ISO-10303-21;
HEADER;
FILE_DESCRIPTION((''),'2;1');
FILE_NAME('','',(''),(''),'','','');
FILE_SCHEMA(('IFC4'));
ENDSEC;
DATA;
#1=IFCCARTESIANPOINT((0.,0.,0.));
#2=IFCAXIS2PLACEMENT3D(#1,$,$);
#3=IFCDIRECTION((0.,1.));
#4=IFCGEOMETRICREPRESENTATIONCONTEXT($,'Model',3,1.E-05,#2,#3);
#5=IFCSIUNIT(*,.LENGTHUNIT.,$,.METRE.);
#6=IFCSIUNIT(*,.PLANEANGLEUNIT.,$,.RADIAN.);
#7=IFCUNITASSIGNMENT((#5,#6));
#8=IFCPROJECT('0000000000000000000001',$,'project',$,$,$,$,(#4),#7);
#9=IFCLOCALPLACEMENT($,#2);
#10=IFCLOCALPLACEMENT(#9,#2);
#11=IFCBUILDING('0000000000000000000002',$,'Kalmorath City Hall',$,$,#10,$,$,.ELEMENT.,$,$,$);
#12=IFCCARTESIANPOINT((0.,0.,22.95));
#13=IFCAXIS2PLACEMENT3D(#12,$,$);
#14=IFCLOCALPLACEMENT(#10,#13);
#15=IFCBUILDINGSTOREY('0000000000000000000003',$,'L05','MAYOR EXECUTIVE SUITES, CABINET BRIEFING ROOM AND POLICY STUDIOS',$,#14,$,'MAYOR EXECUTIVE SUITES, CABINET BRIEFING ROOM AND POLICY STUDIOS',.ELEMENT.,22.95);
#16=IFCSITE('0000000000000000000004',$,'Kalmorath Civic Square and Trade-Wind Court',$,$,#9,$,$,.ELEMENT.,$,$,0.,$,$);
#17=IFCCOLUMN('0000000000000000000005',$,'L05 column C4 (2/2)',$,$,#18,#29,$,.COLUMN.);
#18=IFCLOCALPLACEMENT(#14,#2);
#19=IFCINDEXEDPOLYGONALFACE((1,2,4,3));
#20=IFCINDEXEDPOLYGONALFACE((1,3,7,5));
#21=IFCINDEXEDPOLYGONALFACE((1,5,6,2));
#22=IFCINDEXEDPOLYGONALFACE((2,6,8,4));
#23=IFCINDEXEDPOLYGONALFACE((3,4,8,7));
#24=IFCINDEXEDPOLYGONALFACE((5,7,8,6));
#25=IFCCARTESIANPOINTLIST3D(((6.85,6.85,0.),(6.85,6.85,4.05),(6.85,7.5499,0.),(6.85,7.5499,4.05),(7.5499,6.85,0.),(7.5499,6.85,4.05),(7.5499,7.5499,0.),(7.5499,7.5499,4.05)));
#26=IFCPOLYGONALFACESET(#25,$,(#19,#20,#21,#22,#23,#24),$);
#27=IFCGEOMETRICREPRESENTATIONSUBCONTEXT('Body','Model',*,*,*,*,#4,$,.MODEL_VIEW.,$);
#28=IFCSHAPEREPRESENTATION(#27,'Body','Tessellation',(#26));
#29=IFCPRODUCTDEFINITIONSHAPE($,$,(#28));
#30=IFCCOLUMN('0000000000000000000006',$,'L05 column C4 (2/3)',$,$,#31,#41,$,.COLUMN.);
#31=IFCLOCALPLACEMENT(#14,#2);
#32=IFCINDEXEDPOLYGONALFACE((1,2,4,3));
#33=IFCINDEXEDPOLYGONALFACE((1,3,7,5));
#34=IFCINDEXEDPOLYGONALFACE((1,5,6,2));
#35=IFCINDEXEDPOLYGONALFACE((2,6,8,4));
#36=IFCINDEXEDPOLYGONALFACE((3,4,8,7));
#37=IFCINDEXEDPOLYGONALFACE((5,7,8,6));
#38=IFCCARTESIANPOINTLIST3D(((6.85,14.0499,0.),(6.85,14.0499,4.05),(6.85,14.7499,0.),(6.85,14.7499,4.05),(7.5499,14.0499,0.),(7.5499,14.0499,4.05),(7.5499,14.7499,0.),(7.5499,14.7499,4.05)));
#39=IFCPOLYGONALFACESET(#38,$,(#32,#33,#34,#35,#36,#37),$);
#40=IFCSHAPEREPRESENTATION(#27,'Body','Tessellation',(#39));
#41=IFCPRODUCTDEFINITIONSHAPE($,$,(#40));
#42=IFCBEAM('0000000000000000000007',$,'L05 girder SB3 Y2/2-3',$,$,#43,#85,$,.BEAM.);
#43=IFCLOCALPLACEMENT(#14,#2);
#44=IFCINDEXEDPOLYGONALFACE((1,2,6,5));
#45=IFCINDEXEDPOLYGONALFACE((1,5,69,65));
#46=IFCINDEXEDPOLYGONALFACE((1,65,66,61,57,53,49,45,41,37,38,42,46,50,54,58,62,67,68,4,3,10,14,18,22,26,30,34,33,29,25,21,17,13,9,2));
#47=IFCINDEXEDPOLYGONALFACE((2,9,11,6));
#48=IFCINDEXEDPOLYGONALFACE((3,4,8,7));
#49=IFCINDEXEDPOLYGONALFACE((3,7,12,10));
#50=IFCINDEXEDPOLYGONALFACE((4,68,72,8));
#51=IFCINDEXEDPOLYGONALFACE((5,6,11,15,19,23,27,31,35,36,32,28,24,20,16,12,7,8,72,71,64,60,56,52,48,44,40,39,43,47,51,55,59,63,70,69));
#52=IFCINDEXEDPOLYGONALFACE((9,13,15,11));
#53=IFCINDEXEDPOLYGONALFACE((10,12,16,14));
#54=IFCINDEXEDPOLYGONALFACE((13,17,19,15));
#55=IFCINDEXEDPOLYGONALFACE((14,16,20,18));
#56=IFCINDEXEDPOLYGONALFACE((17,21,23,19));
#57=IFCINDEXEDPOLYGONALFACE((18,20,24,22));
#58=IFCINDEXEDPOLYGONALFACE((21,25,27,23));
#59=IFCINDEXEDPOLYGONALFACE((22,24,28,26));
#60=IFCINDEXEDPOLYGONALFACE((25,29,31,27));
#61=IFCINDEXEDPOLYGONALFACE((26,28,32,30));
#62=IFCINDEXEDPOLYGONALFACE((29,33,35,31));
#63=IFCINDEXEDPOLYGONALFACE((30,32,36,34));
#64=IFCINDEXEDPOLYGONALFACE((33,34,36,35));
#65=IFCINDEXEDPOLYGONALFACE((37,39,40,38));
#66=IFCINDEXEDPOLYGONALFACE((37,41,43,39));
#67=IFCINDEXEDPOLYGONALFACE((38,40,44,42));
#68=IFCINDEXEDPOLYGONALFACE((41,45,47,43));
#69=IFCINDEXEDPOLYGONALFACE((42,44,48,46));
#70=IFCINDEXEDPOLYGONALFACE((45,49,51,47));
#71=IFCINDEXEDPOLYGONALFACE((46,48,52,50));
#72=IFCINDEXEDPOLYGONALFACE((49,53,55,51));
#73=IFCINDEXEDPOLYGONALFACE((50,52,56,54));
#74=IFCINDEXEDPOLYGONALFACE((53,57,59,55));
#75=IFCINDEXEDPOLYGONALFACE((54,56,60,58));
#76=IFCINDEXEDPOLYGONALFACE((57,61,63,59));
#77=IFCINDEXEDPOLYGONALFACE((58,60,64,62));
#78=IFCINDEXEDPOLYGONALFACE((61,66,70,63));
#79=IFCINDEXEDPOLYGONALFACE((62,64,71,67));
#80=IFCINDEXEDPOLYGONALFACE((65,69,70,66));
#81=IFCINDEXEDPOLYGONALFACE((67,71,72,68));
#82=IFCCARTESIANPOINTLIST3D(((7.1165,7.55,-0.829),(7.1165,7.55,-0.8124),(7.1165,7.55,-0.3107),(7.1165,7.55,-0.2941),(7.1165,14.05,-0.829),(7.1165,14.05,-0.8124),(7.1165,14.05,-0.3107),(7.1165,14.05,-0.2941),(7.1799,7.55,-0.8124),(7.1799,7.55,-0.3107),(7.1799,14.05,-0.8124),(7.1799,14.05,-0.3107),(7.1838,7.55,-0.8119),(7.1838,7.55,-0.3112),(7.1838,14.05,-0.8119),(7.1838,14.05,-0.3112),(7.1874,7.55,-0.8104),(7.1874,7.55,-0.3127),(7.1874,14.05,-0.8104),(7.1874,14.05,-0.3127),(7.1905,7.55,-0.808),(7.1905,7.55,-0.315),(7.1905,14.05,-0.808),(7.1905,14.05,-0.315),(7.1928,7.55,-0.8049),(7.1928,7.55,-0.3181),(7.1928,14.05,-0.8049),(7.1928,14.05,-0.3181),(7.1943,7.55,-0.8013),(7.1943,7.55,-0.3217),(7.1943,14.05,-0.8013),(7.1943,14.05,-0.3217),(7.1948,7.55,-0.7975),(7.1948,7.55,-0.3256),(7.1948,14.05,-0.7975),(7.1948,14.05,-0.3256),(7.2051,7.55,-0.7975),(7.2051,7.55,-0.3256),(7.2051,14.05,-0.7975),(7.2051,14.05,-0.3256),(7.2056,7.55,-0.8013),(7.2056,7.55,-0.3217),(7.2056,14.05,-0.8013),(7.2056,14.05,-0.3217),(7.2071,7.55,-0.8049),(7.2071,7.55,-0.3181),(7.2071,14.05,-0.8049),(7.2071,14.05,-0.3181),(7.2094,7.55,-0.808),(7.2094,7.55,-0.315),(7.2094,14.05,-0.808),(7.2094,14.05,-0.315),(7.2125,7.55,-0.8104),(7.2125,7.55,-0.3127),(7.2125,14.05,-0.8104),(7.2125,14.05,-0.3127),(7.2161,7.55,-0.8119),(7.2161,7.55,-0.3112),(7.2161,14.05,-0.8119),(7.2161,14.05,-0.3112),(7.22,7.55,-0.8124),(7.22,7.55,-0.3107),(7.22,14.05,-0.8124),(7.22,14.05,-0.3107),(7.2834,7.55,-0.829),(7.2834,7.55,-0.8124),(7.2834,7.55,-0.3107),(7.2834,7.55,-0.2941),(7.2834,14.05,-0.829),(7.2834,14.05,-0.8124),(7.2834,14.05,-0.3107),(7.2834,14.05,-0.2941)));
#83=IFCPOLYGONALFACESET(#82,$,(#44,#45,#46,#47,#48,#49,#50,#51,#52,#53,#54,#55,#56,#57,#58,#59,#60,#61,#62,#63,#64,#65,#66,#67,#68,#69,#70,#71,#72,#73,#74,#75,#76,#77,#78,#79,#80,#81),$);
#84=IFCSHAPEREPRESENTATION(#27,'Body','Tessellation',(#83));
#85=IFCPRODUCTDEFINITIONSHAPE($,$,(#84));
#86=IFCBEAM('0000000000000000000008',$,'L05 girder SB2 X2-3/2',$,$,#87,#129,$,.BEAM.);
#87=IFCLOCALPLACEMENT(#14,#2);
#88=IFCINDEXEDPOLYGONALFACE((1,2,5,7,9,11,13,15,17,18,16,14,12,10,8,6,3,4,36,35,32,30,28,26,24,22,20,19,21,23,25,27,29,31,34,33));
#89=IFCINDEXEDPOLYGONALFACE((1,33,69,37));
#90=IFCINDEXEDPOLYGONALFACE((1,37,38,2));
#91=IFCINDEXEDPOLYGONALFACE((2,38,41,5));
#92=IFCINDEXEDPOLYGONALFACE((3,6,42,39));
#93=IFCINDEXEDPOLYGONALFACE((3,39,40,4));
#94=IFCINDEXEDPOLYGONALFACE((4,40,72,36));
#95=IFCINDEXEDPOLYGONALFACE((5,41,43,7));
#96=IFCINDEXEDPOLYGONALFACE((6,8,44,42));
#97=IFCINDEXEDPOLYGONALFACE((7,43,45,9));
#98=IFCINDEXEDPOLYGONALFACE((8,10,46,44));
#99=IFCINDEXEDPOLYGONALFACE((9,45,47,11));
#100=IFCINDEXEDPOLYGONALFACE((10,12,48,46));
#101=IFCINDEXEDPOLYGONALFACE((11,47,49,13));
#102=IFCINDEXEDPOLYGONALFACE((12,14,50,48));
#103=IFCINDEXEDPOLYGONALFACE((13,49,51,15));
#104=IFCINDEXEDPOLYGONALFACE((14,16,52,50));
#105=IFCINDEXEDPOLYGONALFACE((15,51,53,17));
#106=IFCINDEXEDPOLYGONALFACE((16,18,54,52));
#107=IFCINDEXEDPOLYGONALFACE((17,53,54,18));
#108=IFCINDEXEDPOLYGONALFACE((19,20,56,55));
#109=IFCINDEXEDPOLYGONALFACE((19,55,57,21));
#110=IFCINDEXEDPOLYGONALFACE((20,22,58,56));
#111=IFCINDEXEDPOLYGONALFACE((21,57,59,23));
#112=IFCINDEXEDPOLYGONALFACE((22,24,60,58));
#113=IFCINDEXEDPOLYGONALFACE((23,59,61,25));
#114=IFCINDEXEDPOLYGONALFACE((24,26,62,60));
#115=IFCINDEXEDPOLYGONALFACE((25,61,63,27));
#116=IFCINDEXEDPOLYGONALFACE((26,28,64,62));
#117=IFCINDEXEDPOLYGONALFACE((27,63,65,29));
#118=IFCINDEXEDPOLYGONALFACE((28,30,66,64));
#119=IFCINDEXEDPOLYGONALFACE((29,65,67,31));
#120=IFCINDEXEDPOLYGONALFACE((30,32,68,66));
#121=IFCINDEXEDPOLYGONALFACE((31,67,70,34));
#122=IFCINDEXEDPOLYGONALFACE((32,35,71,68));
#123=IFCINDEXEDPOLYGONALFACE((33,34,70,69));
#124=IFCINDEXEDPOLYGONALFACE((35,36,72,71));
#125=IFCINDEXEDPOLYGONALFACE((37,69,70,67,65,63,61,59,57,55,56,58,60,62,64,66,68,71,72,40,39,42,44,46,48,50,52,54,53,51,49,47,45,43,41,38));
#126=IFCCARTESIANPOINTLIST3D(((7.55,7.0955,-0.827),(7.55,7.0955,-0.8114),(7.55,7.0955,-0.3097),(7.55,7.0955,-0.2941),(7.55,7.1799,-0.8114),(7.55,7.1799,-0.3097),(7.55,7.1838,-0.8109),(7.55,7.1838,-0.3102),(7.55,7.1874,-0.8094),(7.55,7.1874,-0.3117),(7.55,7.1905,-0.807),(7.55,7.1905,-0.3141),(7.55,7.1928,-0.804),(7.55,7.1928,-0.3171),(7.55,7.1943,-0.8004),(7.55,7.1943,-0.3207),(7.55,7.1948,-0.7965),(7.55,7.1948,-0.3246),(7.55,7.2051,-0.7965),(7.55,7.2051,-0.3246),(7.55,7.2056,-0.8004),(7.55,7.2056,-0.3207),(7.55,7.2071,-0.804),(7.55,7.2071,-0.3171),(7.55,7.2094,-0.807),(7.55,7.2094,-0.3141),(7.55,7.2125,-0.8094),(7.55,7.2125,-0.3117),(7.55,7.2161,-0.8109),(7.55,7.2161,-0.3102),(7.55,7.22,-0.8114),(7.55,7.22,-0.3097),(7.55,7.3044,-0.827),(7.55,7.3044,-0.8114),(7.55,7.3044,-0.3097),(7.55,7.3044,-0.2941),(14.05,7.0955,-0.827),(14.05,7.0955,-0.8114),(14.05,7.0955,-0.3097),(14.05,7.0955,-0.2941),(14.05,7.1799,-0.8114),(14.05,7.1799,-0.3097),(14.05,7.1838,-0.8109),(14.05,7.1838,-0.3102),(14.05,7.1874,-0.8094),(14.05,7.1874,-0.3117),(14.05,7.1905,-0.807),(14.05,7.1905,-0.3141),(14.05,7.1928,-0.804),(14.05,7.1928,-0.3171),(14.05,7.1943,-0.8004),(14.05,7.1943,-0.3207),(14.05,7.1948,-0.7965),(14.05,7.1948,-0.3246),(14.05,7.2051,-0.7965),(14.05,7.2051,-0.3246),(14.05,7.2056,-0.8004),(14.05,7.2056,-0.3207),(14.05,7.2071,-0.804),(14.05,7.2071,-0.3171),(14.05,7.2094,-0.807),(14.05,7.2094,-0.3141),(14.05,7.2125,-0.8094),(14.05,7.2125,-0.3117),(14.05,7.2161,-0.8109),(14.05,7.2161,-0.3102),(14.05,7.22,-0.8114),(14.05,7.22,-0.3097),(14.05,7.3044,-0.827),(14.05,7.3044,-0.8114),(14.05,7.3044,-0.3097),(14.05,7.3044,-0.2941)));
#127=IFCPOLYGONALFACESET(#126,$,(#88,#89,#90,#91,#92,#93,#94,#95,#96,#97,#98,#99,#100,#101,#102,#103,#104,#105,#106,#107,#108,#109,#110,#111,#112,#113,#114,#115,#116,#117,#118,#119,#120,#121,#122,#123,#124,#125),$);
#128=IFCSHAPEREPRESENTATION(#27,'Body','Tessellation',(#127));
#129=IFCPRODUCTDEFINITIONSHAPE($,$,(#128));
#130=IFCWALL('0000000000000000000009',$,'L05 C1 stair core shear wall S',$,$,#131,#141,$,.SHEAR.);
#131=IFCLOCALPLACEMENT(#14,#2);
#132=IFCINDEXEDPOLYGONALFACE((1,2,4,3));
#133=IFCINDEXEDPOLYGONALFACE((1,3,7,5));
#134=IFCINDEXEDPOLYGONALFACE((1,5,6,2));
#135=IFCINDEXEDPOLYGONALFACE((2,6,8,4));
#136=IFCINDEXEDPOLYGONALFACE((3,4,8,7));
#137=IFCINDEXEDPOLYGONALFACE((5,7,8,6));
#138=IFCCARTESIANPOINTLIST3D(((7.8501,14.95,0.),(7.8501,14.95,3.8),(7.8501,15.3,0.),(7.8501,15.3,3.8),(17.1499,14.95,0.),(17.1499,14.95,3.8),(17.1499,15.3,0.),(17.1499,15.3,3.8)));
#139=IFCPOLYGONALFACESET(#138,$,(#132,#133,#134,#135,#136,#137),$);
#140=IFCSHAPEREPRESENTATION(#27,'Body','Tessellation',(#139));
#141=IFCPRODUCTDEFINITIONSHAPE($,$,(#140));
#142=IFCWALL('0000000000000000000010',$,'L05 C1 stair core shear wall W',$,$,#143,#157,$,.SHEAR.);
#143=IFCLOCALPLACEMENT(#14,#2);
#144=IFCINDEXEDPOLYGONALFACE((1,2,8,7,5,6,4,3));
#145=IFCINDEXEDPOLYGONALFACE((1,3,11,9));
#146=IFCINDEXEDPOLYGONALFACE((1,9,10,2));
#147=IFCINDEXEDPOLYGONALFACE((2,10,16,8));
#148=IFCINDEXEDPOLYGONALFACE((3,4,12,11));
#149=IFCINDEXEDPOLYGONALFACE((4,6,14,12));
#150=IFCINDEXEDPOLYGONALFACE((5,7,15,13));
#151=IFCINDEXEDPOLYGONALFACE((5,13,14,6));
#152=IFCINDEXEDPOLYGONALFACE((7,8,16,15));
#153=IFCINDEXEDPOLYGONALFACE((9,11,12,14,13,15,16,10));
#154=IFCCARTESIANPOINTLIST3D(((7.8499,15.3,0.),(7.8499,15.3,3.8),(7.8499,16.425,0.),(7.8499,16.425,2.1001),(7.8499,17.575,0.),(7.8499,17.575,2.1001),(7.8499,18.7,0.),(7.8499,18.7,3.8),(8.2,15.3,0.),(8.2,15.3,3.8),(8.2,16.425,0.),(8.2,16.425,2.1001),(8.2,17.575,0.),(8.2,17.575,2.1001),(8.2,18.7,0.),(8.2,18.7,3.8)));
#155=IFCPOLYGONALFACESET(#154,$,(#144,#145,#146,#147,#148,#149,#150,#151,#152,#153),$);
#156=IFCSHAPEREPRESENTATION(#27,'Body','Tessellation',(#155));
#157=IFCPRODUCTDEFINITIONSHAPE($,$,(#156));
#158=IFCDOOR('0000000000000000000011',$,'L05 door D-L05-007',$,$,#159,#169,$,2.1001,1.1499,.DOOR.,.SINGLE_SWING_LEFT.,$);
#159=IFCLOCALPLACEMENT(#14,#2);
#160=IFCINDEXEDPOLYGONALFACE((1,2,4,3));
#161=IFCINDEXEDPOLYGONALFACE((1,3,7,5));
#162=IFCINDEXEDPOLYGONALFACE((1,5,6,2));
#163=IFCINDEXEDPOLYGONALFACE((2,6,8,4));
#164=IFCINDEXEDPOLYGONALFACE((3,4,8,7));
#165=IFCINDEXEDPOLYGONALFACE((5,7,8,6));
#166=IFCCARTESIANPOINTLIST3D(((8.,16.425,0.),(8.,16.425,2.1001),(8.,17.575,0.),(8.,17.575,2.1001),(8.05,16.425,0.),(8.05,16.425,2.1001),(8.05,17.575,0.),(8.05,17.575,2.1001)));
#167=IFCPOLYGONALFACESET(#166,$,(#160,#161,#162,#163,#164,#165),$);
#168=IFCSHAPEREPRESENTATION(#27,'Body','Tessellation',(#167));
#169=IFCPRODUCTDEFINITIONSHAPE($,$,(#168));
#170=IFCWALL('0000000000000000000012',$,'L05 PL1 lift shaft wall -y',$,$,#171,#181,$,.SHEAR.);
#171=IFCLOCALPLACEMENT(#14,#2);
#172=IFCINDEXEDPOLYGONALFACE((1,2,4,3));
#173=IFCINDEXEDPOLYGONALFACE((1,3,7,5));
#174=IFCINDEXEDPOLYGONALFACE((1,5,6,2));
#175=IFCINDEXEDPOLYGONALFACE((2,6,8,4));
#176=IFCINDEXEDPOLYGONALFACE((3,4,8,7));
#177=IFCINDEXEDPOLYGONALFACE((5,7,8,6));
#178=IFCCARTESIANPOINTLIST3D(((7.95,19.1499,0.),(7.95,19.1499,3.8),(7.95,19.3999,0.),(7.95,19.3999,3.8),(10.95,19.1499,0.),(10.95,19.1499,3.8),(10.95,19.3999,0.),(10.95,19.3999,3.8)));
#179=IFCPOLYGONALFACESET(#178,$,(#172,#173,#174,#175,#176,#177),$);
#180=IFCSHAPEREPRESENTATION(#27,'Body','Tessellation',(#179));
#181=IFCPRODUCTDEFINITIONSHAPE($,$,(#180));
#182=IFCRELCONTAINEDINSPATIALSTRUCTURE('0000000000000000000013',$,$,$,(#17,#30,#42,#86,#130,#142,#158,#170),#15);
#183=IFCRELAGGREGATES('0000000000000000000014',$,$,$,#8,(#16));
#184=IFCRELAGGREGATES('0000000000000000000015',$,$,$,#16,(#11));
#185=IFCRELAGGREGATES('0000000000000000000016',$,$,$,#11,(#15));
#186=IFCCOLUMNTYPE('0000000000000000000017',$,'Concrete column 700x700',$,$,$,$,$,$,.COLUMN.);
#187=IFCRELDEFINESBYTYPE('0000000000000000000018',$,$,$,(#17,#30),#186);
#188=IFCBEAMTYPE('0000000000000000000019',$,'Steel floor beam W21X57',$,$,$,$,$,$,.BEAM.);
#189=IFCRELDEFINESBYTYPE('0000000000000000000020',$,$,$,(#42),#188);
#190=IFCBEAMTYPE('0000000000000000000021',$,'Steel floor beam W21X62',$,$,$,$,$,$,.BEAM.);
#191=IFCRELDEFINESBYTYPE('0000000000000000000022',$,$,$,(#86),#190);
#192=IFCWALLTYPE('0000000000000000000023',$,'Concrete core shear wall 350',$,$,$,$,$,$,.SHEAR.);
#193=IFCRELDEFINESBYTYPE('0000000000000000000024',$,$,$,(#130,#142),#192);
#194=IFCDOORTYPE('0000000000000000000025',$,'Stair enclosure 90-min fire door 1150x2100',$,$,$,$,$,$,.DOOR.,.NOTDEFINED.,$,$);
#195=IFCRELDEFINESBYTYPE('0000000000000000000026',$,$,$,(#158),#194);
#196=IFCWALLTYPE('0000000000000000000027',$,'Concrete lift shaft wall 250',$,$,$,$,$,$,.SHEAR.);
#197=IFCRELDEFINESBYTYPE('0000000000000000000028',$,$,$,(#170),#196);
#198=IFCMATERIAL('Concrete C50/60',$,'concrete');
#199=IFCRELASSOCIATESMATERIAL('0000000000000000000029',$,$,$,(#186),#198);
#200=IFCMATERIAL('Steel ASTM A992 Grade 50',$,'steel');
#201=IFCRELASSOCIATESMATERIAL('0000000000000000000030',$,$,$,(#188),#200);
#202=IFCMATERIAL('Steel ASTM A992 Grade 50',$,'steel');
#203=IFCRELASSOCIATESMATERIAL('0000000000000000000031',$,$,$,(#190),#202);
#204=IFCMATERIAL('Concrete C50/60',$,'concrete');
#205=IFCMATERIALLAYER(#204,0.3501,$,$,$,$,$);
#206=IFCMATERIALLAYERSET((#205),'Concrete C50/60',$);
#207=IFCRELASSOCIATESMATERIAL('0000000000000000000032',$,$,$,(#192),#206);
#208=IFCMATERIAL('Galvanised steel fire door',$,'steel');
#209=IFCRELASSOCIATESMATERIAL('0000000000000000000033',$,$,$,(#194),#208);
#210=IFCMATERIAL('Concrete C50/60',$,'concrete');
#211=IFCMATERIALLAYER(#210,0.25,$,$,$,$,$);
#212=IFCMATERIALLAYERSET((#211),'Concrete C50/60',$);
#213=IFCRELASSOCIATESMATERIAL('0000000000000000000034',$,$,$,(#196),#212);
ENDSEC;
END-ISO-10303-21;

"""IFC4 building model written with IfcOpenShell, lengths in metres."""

from ifc_helpers import new_model, si_unit, direction, frame, frame_2d, origin, origin_2d, place, context, subcontext, project, spatial, rectangle, i_section, extrude, material, layer, layer_set, material_profile, profile_set, type_object, element, fill, save


model = new_model("IFC4")

# Units and contexts
model_context = context("Model", 3, precision=1e-05, world=origin(), true_north=direction((0.0, 1.0)))
body_context = subcontext(model_context, "Body", "Model", "MODEL_VIEW")
ifc_project = project(units=[si_unit("LENGTHUNIT", "METRE"), si_unit("PLANEANGLEUNIT", "RADIAN")], contexts=[model_context])

# Site, building, storey
site_placement = place(None, origin())
site = spatial("IfcSite", under=ifc_project, at=site_placement, Name="Kalmorath Civic Square and Trade-Wind Court", CompositionType="ELEMENT", RefElevation=0.0)
building_placement = place(site_placement, origin())
building = spatial("IfcBuilding", under=site, at=building_placement, Name="Kalmorath City Hall", CompositionType="ELEMENT")
storey_placement = place(building_placement, frame((0.0, 0.0, 22.95)))
storey = spatial("IfcBuildingStorey", under=building, at=storey_placement, Name="L05", Description="MAYOR EXECUTIVE SUITES, CABINET BRIEFING ROOM AND POLICY STUDIOS", LongName="MAYOR EXECUTIVE SUITES, CABINET BRIEFING ROOM AND POLICY STUDIOS", CompositionType="ELEMENT", Elevation=22.95)

# Columns
ifc_material_1 = material(Name="Concrete C50/60", Category="concrete")
ifc_material_profile_1 = material_profile(ifc_material_1, rectangle(XDim=0.7, YDim=0.7, at=origin_2d()), Name="RC-COL-700X700")
ifc_profile_set_1 = profile_set([ifc_material_profile_1], Name="Concrete C50/60")
column_type = type_object("IfcColumnType", Name="Concrete column 700x700", PredefinedType="COLUMN", material=ifc_profile_set_1)
for number, where, z_axis, x_axis, name in (
    (1, (7.2, 7.2, 0.0), (0.0, 0.0, 1.0), (1.0, 0.0, 0.0), "L05 column C4 (2/2)"),
    (2, (7.2, 14.3999, 0.0), (0.0, 0.0, 1.0), (1.0, 0.0, 0.0), "L05 column C4 (2/3)"),
):
    element("IfcColumn", number, at=place(storey_placement, frame(where, z_axis=z_axis, x_axis=x_axis)), inside=storey, type_object=column_type, Name=name, PredefinedType="COLUMN", context=body_context, shape_type="SweptSolid", body=[
        extrude(rectangle(XDim=0.7, YDim=0.7, at=origin_2d()), origin(), (0.0, 0.0, 1.0), 4.05),
    ])

# Beams
ifc_material_2 = material(Name="Steel ASTM A992 Grade 50", Category="steel")
ifc_material_profile_2 = material_profile(ifc_material_2, i_section(OverallWidth=0.167, OverallDepth=0.5349, WebThickness=0.0103, FlangeThickness=0.0166, FilletRadius=0.0149, at=origin_2d()), Name="W21X57")
ifc_profile_set_2 = profile_set([ifc_material_profile_2], Name="Steel ASTM A992 Grade 50")
beam_type_1 = type_object("IfcBeamType", Name="Steel floor beam W21X57", PredefinedType="BEAM", material=ifc_profile_set_2)
beam_1_placement = place(storey_placement, frame((7.2, 7.55, -0.5615), z_axis=(0.0, 1.0, 0.0), x_axis=(-1.0, 0.0, 0.0)))
element("IfcBeam", 3, at=beam_1_placement, inside=storey, type_object=beam_type_1, Name="L05 girder SB3 Y2/2-3", PredefinedType="BEAM", context=body_context, shape_type="SweptSolid", body=[
    extrude(i_section(OverallWidth=0.167, OverallDepth=0.5349, WebThickness=0.0103, FlangeThickness=0.0166, FilletRadius=0.0149, at=origin_2d()), origin(), (0.0, 0.0, 1.0), 6.5),
])
ifc_material_3 = material(Name="Steel ASTM A992 Grade 50", Category="steel")
ifc_material_profile_3 = material_profile(ifc_material_3, i_section(OverallWidth=0.209, OverallDepth=0.533, WebThickness=0.0103, FlangeThickness=0.0156, FilletRadius=0.0149, at=origin_2d()), Name="W21X62")
ifc_profile_set_3 = profile_set([ifc_material_profile_3], Name="Steel ASTM A992 Grade 50")
beam_type_2 = type_object("IfcBeamType", Name="Steel floor beam W21X62", PredefinedType="BEAM", material=ifc_profile_set_3)
beam_2_placement = place(storey_placement, frame((7.55, 7.2, -0.5605), z_axis=(1.0, 0.0, 0.0), x_axis=(0.0, 1.0, 0.0)))
element("IfcBeam", 4, at=beam_2_placement, inside=storey, type_object=beam_type_2, Name="L05 girder SB2 X2-3/2", PredefinedType="BEAM", context=body_context, shape_type="SweptSolid", body=[
    extrude(i_section(OverallWidth=0.209, OverallDepth=0.533, WebThickness=0.0103, FlangeThickness=0.0156, FilletRadius=0.0149, at=origin_2d()), origin(), (0.0, 0.0, 1.0), 6.5),
])

# Wall
ifc_material_4 = material(Name="Concrete C50/60", Category="concrete")
ifc_layer_1 = layer(ifc_material_4, 0.3501)
ifc_layer_set_1 = layer_set([ifc_layer_1], Name="Concrete C50/60")
wall_type_1 = type_object("IfcWallType", Name="Concrete core shear wall 350", PredefinedType="SHEAR", material=ifc_layer_set_1)
wall_1_placement = place(storey_placement, frame((7.8501, 15.125, 0.0), z_axis=(0.0, 0.0, 1.0), x_axis=(1.0, 0.0, 0.0)))
element("IfcWall", 5, at=wall_1_placement, inside=storey, type_object=wall_type_1, Name="L05 C1 stair core shear wall S", PredefinedType="SHEAR", context=body_context, shape_type="SweptSolid", body=[
    extrude(rectangle(XDim=9.2998, YDim=0.3501, at=frame_2d((4.6499, 0.0))), origin(), (0.0, 0.0, 1.0), 3.8),
])

# Wall, opening, door
wall_2_placement = place(storey_placement, frame((8.0249, 18.7, 0.0), z_axis=(0.0, 0.0, 1.0), x_axis=(0.0, -1.0, 0.0)))
wall_2 = element("IfcWall", 6, at=wall_2_placement, inside=storey, type_object=wall_type_1, Name="L05 C1 stair core shear wall W", PredefinedType="SHEAR", context=body_context, shape_type="SweptSolid", body=[
    extrude(rectangle(XDim=3.3999, YDim=0.3501, at=frame_2d((1.7, 0.0))), origin(), (0.0, 0.0, 1.0), 3.8),
])
opening_1_placement = place(wall_2_placement, frame((1.125, 0.0, 0.0)))
opening_1 = element("IfcOpeningElement", 7, at=opening_1_placement, cuts=wall_2, PredefinedType="OPENING", context=body_context, shape_type="SweptSolid", body=[
    extrude(rectangle(XDim=1.1499, YDim=2.1001, at=frame_2d((0.575, 1.05))), frame((0.0, 0.1851, 0.0), z_axis=(0.0, -1.0, 0.0), x_axis=(1.0, 0.0, 0.0)), (0.0, 0.0, 1.0), 0.3701),
])
ifc_material_5 = material(Name="Galvanised steel fire door", Category="steel")
door_type_1 = type_object("IfcDoorType", Name="Stair enclosure 90-min fire door 1150x2100", OperationType="NOTDEFINED", PredefinedType="DOOR", material=ifc_material_5)
door_1_placement = place(opening_1_placement, frame((1.1499, 0.0, 0.0), z_axis=(0.0, 0.0, 1.0), x_axis=(-1.0, 0.0, 0.0)))
door_1 = element("IfcDoor", 8, at=door_1_placement, inside=storey, type_object=door_type_1, Name="L05 door D-L05-007", OperationType="SINGLE_SWING_LEFT", OverallHeight=2.1001, OverallWidth=1.1499, PredefinedType="DOOR", context=body_context, shape_type="SweptSolid", body=[
    extrude(rectangle(XDim=1.1499, YDim=2.1001, at=frame_2d((0.575, 1.05))), frame((0.0, 0.0249, 0.0), z_axis=(0.0, -1.0, 0.0), x_axis=(1.0, 0.0, 0.0)), (0.0, 0.0, 1.0), 0.05),
])
fill(opening_1, door_1)

# Wall
ifc_material_6 = material(Name="Concrete C50/60", Category="concrete")
ifc_layer_2 = layer(ifc_material_6, 0.25)
ifc_layer_set_2 = layer_set([ifc_layer_2], Name="Concrete C50/60")
wall_type_2 = type_object("IfcWallType", Name="Concrete lift shaft wall 250", PredefinedType="SHEAR", material=ifc_layer_set_2)
wall_3_placement = place(storey_placement, frame((7.95, 19.2749, 0.0), z_axis=(0.0, 0.0, 1.0), x_axis=(1.0, 0.0, 0.0)))
element("IfcWall", 9, at=wall_3_placement, inside=storey, type_object=wall_type_2, Name="L05 PL1 lift shaft wall -y", PredefinedType="SHEAR", context=body_context, shape_type="SweptSolid", body=[
    extrude(rectangle(XDim=3.0, YDim=0.25, at=frame_2d((1.5, 0.0))), origin(), (0.0, 0.0, 1.0), 3.8),
])

save(model, "model.ifc")
